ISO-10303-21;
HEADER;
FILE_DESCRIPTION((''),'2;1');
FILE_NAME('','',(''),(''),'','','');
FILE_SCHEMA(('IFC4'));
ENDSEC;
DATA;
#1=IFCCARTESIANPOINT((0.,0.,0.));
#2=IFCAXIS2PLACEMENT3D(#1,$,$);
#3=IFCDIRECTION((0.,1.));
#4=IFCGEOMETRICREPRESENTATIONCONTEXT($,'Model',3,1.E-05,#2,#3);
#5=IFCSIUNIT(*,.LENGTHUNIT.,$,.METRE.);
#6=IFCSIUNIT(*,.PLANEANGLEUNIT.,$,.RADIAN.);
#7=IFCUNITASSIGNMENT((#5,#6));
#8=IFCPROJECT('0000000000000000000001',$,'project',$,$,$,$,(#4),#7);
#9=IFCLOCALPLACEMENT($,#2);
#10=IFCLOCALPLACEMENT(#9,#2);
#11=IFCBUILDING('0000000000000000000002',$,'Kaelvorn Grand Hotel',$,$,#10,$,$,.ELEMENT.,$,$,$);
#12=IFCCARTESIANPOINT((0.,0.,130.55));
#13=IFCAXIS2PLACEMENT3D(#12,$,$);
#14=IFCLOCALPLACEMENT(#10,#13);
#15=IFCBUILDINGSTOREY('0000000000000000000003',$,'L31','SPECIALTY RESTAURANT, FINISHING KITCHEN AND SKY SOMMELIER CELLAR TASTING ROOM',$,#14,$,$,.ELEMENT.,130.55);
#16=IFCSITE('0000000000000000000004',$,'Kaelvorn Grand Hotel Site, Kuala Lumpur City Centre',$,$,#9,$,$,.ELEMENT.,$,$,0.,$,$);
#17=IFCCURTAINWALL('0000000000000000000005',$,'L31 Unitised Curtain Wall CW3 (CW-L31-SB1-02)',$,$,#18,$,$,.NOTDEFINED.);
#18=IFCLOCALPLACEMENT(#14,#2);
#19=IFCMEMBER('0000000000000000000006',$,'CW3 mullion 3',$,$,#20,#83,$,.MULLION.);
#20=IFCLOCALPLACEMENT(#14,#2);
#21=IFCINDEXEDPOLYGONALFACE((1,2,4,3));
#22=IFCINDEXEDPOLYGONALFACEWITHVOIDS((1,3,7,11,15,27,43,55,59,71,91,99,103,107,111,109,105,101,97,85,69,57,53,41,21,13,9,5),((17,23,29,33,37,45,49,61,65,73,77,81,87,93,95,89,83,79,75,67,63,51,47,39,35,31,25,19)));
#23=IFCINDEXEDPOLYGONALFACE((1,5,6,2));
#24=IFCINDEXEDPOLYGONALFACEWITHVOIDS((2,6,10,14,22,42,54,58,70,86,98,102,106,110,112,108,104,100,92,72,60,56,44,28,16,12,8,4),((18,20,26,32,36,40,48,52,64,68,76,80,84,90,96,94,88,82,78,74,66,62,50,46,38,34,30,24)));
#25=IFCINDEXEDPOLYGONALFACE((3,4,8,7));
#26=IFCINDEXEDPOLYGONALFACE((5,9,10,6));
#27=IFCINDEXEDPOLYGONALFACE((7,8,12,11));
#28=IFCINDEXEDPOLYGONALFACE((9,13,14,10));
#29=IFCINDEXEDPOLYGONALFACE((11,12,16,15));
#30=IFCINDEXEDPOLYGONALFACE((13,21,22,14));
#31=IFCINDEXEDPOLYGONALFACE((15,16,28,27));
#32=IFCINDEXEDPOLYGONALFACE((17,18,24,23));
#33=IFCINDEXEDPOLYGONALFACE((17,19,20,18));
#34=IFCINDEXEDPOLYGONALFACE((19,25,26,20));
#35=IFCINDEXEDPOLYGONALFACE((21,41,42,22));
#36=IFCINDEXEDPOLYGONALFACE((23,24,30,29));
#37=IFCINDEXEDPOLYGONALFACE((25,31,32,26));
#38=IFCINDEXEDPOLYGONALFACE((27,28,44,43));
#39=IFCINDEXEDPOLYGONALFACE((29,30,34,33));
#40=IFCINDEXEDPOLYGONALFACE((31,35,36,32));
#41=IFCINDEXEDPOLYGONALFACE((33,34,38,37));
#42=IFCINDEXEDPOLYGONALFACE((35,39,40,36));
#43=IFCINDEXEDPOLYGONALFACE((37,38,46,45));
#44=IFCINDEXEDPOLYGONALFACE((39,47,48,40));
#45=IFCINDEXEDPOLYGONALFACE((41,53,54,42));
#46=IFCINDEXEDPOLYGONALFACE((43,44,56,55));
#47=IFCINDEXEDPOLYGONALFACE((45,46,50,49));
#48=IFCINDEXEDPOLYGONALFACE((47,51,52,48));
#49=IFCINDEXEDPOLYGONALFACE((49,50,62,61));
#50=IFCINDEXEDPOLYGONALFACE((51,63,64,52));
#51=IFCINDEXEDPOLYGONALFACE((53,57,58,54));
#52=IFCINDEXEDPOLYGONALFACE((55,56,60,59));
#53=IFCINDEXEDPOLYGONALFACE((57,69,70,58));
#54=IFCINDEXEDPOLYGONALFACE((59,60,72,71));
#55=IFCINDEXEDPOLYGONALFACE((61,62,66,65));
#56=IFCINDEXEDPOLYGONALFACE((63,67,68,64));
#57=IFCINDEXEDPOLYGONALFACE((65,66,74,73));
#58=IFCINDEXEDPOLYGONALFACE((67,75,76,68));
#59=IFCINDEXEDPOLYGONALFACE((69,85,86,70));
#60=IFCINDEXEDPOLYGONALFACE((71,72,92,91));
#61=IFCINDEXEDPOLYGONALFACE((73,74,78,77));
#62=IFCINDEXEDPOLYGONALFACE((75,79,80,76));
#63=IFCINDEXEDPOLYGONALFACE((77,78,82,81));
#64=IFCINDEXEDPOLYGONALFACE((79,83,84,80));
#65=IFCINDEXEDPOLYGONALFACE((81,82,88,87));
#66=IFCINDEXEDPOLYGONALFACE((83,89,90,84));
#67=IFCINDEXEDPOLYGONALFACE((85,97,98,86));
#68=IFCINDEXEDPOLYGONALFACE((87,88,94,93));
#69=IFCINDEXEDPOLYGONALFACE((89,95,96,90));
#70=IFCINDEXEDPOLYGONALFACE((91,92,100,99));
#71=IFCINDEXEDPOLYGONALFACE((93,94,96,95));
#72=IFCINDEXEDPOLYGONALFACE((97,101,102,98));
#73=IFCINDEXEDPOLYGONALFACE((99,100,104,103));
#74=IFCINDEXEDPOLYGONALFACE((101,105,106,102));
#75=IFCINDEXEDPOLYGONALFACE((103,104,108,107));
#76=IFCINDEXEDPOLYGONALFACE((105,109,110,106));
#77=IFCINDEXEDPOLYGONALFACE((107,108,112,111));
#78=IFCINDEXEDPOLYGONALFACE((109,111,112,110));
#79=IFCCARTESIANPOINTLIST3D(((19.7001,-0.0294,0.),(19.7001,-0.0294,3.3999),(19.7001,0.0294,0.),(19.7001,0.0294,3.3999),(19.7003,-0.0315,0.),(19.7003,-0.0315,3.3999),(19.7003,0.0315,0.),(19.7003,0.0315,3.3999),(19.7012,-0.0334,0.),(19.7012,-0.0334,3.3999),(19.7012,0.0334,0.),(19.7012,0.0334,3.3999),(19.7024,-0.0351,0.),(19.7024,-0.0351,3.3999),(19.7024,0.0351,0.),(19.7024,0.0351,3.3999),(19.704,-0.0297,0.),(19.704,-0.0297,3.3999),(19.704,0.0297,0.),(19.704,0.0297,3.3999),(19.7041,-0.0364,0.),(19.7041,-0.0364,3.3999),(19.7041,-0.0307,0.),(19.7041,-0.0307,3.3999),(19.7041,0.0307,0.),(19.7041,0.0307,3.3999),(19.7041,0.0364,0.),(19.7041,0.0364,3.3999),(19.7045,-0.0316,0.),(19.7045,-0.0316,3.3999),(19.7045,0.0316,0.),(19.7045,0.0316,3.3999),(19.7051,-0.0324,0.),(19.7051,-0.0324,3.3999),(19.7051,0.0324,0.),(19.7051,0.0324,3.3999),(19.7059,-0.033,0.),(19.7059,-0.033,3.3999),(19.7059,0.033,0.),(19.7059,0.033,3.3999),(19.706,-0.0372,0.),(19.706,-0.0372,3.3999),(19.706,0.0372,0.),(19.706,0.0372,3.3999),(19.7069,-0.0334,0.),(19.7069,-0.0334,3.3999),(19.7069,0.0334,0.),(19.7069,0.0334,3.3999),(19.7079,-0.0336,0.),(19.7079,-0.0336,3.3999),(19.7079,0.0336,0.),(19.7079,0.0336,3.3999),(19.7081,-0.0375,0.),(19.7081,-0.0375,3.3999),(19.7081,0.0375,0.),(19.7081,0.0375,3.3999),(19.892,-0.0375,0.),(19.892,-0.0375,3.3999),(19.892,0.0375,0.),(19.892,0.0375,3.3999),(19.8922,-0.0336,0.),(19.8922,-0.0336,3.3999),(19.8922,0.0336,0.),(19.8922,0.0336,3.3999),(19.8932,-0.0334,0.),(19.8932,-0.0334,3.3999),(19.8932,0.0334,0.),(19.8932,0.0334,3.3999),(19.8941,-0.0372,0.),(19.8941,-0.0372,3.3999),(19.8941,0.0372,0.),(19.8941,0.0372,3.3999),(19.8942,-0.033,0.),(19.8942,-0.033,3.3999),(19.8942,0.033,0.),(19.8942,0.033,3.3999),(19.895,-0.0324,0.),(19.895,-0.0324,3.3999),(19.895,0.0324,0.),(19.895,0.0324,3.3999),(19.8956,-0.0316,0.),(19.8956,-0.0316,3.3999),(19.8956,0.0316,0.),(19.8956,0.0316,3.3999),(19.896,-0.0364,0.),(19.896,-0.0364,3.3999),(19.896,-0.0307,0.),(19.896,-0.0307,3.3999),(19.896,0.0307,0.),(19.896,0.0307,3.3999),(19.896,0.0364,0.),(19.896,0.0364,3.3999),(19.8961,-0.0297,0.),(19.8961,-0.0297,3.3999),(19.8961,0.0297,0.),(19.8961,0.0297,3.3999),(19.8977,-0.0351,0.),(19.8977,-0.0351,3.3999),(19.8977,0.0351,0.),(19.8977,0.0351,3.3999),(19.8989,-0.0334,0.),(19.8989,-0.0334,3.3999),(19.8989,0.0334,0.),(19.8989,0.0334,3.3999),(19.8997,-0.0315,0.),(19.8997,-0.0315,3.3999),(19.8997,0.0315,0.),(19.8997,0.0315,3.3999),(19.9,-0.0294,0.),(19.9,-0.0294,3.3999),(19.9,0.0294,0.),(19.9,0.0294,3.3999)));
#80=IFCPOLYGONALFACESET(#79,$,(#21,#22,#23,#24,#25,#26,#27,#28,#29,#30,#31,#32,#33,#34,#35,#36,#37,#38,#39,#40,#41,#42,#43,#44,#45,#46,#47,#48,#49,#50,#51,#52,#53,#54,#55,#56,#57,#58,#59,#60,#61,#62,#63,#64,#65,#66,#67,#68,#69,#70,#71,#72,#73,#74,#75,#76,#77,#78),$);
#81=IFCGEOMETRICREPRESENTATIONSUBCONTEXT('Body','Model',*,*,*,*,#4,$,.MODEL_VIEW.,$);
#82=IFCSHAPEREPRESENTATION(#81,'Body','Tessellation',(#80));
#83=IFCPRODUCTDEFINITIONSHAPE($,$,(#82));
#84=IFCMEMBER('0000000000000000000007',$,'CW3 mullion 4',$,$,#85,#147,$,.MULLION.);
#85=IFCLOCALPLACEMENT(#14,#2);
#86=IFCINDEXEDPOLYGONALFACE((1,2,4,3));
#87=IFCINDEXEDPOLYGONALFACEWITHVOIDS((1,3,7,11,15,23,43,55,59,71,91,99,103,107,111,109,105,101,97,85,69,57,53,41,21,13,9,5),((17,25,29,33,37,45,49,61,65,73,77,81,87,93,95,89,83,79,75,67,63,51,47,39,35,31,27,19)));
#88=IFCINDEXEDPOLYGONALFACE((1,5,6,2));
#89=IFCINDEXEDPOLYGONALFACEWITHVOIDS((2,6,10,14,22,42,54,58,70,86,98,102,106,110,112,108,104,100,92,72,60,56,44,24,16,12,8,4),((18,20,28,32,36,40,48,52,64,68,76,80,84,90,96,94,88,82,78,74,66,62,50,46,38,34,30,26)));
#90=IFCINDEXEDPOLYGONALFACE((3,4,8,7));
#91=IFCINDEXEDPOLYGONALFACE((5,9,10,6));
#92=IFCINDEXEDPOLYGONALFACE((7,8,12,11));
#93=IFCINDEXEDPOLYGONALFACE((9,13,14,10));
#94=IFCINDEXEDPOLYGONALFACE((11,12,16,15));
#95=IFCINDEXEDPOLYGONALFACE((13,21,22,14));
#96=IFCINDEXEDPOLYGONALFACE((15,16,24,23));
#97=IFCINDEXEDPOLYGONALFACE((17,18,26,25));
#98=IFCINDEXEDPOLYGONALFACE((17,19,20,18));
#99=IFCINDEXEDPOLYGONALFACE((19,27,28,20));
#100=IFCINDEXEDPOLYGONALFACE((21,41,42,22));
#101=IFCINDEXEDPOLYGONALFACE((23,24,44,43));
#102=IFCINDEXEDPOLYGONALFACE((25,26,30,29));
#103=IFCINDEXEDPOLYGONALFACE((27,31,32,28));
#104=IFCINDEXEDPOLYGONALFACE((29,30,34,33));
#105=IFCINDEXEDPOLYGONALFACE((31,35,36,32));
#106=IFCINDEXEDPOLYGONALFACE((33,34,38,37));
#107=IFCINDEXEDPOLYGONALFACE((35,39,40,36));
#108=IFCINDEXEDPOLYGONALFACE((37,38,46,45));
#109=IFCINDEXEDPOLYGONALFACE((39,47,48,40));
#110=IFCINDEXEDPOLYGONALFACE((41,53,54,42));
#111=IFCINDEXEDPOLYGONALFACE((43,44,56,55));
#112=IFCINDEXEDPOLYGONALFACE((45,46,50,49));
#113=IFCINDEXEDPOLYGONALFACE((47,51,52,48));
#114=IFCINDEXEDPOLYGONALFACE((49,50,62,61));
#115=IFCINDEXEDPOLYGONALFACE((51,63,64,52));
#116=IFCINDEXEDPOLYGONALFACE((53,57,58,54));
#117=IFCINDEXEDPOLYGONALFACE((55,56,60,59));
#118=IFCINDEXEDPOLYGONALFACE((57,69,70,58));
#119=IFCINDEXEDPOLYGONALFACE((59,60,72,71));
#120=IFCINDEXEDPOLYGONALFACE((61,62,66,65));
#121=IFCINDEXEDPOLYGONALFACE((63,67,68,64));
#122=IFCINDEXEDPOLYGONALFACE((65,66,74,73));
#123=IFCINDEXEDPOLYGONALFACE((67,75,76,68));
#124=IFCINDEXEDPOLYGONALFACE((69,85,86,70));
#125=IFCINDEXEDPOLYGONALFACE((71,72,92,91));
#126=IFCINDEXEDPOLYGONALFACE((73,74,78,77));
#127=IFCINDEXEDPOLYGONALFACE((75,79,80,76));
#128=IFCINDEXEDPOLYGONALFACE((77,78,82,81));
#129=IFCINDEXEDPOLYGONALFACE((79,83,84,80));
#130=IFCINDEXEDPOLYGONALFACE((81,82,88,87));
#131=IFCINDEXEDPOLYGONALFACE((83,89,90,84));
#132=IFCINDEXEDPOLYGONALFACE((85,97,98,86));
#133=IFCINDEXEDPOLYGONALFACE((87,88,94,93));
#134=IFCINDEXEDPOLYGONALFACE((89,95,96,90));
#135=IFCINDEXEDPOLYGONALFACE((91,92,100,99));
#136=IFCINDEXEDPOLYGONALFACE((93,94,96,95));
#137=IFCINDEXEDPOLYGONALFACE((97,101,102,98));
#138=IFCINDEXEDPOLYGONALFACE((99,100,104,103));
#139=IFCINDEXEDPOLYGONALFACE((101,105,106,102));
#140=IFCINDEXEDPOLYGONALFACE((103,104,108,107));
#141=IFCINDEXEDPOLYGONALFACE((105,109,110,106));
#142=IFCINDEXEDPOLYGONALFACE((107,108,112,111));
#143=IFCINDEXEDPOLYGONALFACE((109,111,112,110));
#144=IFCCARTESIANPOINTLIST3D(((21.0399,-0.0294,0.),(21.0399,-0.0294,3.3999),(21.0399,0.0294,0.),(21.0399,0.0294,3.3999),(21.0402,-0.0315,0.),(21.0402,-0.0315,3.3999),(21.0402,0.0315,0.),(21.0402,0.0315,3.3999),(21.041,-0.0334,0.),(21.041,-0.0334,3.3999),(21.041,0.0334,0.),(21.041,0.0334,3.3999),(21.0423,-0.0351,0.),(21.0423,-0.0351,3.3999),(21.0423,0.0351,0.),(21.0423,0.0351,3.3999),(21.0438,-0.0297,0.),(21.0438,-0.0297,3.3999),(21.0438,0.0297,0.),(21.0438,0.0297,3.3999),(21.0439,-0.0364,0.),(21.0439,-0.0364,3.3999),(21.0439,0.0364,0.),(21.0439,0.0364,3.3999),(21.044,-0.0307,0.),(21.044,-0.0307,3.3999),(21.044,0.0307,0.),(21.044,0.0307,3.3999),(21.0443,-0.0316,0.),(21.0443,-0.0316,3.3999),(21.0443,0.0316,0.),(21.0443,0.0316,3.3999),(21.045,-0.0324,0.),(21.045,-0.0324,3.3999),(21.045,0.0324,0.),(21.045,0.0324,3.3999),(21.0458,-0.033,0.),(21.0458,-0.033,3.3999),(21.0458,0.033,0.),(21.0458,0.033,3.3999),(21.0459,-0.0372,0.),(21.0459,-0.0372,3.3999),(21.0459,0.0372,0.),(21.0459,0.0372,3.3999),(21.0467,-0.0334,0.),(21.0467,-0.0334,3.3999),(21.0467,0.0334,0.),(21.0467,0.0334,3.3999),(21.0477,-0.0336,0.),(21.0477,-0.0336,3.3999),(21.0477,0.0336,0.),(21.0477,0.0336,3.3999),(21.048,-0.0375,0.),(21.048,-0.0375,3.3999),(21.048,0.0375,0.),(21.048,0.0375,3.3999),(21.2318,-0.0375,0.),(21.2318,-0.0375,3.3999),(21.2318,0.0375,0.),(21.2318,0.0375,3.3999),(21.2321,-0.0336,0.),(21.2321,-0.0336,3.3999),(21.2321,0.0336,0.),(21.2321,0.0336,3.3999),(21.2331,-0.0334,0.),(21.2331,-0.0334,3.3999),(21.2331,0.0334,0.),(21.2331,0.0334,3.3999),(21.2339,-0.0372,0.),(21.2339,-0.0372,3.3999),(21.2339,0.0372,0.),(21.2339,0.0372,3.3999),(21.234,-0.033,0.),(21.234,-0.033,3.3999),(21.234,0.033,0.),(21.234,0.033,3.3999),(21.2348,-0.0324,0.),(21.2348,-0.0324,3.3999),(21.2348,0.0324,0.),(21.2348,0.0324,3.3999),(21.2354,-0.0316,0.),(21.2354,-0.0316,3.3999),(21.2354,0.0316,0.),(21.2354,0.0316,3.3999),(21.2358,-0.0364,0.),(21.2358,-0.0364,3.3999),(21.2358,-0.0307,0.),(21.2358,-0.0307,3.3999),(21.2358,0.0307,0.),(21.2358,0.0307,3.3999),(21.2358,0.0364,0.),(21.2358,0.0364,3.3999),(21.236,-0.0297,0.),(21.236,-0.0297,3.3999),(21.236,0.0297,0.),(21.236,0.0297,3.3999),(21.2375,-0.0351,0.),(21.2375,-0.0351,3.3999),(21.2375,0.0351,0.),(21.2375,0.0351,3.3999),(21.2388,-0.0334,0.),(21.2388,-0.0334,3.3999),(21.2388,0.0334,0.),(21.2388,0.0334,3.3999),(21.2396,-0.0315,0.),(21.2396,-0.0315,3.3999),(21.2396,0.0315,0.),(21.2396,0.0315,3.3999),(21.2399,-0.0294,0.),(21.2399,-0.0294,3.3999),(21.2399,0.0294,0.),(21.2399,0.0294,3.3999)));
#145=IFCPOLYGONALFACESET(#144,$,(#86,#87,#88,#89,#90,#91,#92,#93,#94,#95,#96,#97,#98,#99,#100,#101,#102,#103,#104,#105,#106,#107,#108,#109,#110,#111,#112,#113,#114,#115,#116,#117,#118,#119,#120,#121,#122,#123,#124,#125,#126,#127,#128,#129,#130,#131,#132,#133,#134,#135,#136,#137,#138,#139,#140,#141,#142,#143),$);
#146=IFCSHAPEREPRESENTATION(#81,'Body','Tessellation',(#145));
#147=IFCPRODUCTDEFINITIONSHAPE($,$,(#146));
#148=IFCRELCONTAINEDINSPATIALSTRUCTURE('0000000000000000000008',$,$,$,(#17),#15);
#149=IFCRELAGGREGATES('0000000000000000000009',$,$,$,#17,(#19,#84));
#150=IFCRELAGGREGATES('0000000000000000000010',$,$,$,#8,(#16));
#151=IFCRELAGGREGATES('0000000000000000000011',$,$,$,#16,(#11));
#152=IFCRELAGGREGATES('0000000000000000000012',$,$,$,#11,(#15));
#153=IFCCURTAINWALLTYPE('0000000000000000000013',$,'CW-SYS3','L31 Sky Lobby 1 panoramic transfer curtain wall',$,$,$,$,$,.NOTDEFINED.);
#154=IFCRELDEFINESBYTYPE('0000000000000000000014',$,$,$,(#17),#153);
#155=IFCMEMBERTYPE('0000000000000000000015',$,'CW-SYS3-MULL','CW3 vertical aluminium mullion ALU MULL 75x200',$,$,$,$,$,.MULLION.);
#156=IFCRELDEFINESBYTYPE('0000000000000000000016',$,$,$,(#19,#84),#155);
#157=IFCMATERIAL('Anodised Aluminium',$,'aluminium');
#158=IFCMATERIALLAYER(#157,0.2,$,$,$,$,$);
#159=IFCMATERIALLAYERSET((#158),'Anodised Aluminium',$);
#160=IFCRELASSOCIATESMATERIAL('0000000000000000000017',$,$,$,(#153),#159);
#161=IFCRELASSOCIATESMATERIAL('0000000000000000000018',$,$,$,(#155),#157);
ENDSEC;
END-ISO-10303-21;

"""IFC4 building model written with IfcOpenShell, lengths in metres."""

from ifc_helpers import new_model, si_unit, direction, frame, origin, origin_2d, place, context, subcontext, project, spatial, hollow_rectangle, extrude, material, layer, layer_set, material_profile, profile_set, type_object, element, aggregate, save


model = new_model("IFC4")

# Units and contexts
model_context = context("Model", 3, precision=1e-05, world=origin(), true_north=direction((0.0, 1.0)))
body_context = subcontext(model_context, "Body", "Model", "MODEL_VIEW")
ifc_project = project(units=[si_unit("LENGTHUNIT", "METRE"), si_unit("PLANEANGLEUNIT", "RADIAN")], contexts=[model_context])

# Site, building, storey
site_placement = place(None, origin())
site = spatial("IfcSite", under=ifc_project, at=site_placement, Name="Kaelvorn Grand Hotel Site, Kuala Lumpur City Centre", CompositionType="ELEMENT", RefElevation=0.0)
building_placement = place(site_placement, origin())
building = spatial("IfcBuilding", under=site, at=building_placement, Name="Kaelvorn Grand Hotel", CompositionType="ELEMENT")
storey_placement = place(building_placement, frame((0.0, 0.0, 130.55)))
storey = spatial("IfcBuildingStorey", under=building, at=storey_placement, Name="L31", Description="SPECIALTY RESTAURANT, FINISHING KITCHEN AND SKY SOMMELIER CELLAR TASTING ROOM", CompositionType="ELEMENT", Elevation=130.55)

# Curtain wall, members
ifc_material_1 = material(Name="Anodised Aluminium", Category="aluminium")
ifc_layer_1 = layer(ifc_material_1, 0.2)
ifc_layer_set_1 = layer_set([ifc_layer_1], Name="Anodised Aluminium")
curtain_wall_type = type_object("IfcCurtainWallType", Name="CW-SYS3", Description="L31 Sky Lobby 1 panoramic transfer curtain wall", PredefinedType="NOTDEFINED", material=ifc_layer_set_1)
curtain_wall_placement = place(storey_placement, origin())
curtain_wall = element("IfcCurtainWall", 1, at=curtain_wall_placement, inside=storey, type_object=curtain_wall_type, Name="L31 Unitised Curtain Wall CW3 (CW-L31-SB1-02)", PredefinedType="NOTDEFINED")
ifc_material_profile_1 = material_profile(ifc_material_1, hollow_rectangle(XDim=0.075, YDim=0.2, WallThickness=0.0039, InnerFilletRadius=0.0039, OuterFilletRadius=0.0081, at=origin_2d()), Name="ALU MULL 75x200")
ifc_profile_set_1 = profile_set([ifc_material_profile_1], Name="Anodised Aluminium")
member_type_1 = type_object("IfcMemberType", Name="CW-SYS3-MULL", Description="CW3 vertical aluminium mullion ALU MULL 75x200", PredefinedType="MULLION", material=ifc_profile_set_1)
member_1_placement = place(storey_placement, frame((19.8, 0.0, 0.0), z_axis=(0.0, 0.0, 1.0), x_axis=(0.0, 1.0, 0.0)))
member_1 = element("IfcMember", 2, at=member_1_placement, type_object=member_type_1, Name="CW3 mullion 3", PredefinedType="MULLION", context=body_context, shape_type="SweptSolid", body=[
    extrude(hollow_rectangle(XDim=0.075, YDim=0.2, WallThickness=0.0039, InnerFilletRadius=0.0039, OuterFilletRadius=0.0081, at=origin_2d()), origin(), (0.0, 0.0, 1.0), 3.3999),
])
member_2_placement = place(storey_placement, frame((21.1399, 0.0, 0.0), z_axis=(0.0, 0.0, 1.0), x_axis=(0.0, 1.0, 0.0)))
member_2 = element("IfcMember", 3, at=member_2_placement, type_object=member_type_1, Name="CW3 mullion 4", PredefinedType="MULLION", context=body_context, shape_type="SweptSolid", body=[
    extrude(hollow_rectangle(XDim=0.075, YDim=0.2, WallThickness=0.0039, InnerFilletRadius=0.0039, OuterFilletRadius=0.0081, at=origin_2d()), origin(), (0.0, 0.0, 1.0), 3.3999),
])
aggregate(curtain_wall, [member_1, member_2])

save(model, "model.ifc")
